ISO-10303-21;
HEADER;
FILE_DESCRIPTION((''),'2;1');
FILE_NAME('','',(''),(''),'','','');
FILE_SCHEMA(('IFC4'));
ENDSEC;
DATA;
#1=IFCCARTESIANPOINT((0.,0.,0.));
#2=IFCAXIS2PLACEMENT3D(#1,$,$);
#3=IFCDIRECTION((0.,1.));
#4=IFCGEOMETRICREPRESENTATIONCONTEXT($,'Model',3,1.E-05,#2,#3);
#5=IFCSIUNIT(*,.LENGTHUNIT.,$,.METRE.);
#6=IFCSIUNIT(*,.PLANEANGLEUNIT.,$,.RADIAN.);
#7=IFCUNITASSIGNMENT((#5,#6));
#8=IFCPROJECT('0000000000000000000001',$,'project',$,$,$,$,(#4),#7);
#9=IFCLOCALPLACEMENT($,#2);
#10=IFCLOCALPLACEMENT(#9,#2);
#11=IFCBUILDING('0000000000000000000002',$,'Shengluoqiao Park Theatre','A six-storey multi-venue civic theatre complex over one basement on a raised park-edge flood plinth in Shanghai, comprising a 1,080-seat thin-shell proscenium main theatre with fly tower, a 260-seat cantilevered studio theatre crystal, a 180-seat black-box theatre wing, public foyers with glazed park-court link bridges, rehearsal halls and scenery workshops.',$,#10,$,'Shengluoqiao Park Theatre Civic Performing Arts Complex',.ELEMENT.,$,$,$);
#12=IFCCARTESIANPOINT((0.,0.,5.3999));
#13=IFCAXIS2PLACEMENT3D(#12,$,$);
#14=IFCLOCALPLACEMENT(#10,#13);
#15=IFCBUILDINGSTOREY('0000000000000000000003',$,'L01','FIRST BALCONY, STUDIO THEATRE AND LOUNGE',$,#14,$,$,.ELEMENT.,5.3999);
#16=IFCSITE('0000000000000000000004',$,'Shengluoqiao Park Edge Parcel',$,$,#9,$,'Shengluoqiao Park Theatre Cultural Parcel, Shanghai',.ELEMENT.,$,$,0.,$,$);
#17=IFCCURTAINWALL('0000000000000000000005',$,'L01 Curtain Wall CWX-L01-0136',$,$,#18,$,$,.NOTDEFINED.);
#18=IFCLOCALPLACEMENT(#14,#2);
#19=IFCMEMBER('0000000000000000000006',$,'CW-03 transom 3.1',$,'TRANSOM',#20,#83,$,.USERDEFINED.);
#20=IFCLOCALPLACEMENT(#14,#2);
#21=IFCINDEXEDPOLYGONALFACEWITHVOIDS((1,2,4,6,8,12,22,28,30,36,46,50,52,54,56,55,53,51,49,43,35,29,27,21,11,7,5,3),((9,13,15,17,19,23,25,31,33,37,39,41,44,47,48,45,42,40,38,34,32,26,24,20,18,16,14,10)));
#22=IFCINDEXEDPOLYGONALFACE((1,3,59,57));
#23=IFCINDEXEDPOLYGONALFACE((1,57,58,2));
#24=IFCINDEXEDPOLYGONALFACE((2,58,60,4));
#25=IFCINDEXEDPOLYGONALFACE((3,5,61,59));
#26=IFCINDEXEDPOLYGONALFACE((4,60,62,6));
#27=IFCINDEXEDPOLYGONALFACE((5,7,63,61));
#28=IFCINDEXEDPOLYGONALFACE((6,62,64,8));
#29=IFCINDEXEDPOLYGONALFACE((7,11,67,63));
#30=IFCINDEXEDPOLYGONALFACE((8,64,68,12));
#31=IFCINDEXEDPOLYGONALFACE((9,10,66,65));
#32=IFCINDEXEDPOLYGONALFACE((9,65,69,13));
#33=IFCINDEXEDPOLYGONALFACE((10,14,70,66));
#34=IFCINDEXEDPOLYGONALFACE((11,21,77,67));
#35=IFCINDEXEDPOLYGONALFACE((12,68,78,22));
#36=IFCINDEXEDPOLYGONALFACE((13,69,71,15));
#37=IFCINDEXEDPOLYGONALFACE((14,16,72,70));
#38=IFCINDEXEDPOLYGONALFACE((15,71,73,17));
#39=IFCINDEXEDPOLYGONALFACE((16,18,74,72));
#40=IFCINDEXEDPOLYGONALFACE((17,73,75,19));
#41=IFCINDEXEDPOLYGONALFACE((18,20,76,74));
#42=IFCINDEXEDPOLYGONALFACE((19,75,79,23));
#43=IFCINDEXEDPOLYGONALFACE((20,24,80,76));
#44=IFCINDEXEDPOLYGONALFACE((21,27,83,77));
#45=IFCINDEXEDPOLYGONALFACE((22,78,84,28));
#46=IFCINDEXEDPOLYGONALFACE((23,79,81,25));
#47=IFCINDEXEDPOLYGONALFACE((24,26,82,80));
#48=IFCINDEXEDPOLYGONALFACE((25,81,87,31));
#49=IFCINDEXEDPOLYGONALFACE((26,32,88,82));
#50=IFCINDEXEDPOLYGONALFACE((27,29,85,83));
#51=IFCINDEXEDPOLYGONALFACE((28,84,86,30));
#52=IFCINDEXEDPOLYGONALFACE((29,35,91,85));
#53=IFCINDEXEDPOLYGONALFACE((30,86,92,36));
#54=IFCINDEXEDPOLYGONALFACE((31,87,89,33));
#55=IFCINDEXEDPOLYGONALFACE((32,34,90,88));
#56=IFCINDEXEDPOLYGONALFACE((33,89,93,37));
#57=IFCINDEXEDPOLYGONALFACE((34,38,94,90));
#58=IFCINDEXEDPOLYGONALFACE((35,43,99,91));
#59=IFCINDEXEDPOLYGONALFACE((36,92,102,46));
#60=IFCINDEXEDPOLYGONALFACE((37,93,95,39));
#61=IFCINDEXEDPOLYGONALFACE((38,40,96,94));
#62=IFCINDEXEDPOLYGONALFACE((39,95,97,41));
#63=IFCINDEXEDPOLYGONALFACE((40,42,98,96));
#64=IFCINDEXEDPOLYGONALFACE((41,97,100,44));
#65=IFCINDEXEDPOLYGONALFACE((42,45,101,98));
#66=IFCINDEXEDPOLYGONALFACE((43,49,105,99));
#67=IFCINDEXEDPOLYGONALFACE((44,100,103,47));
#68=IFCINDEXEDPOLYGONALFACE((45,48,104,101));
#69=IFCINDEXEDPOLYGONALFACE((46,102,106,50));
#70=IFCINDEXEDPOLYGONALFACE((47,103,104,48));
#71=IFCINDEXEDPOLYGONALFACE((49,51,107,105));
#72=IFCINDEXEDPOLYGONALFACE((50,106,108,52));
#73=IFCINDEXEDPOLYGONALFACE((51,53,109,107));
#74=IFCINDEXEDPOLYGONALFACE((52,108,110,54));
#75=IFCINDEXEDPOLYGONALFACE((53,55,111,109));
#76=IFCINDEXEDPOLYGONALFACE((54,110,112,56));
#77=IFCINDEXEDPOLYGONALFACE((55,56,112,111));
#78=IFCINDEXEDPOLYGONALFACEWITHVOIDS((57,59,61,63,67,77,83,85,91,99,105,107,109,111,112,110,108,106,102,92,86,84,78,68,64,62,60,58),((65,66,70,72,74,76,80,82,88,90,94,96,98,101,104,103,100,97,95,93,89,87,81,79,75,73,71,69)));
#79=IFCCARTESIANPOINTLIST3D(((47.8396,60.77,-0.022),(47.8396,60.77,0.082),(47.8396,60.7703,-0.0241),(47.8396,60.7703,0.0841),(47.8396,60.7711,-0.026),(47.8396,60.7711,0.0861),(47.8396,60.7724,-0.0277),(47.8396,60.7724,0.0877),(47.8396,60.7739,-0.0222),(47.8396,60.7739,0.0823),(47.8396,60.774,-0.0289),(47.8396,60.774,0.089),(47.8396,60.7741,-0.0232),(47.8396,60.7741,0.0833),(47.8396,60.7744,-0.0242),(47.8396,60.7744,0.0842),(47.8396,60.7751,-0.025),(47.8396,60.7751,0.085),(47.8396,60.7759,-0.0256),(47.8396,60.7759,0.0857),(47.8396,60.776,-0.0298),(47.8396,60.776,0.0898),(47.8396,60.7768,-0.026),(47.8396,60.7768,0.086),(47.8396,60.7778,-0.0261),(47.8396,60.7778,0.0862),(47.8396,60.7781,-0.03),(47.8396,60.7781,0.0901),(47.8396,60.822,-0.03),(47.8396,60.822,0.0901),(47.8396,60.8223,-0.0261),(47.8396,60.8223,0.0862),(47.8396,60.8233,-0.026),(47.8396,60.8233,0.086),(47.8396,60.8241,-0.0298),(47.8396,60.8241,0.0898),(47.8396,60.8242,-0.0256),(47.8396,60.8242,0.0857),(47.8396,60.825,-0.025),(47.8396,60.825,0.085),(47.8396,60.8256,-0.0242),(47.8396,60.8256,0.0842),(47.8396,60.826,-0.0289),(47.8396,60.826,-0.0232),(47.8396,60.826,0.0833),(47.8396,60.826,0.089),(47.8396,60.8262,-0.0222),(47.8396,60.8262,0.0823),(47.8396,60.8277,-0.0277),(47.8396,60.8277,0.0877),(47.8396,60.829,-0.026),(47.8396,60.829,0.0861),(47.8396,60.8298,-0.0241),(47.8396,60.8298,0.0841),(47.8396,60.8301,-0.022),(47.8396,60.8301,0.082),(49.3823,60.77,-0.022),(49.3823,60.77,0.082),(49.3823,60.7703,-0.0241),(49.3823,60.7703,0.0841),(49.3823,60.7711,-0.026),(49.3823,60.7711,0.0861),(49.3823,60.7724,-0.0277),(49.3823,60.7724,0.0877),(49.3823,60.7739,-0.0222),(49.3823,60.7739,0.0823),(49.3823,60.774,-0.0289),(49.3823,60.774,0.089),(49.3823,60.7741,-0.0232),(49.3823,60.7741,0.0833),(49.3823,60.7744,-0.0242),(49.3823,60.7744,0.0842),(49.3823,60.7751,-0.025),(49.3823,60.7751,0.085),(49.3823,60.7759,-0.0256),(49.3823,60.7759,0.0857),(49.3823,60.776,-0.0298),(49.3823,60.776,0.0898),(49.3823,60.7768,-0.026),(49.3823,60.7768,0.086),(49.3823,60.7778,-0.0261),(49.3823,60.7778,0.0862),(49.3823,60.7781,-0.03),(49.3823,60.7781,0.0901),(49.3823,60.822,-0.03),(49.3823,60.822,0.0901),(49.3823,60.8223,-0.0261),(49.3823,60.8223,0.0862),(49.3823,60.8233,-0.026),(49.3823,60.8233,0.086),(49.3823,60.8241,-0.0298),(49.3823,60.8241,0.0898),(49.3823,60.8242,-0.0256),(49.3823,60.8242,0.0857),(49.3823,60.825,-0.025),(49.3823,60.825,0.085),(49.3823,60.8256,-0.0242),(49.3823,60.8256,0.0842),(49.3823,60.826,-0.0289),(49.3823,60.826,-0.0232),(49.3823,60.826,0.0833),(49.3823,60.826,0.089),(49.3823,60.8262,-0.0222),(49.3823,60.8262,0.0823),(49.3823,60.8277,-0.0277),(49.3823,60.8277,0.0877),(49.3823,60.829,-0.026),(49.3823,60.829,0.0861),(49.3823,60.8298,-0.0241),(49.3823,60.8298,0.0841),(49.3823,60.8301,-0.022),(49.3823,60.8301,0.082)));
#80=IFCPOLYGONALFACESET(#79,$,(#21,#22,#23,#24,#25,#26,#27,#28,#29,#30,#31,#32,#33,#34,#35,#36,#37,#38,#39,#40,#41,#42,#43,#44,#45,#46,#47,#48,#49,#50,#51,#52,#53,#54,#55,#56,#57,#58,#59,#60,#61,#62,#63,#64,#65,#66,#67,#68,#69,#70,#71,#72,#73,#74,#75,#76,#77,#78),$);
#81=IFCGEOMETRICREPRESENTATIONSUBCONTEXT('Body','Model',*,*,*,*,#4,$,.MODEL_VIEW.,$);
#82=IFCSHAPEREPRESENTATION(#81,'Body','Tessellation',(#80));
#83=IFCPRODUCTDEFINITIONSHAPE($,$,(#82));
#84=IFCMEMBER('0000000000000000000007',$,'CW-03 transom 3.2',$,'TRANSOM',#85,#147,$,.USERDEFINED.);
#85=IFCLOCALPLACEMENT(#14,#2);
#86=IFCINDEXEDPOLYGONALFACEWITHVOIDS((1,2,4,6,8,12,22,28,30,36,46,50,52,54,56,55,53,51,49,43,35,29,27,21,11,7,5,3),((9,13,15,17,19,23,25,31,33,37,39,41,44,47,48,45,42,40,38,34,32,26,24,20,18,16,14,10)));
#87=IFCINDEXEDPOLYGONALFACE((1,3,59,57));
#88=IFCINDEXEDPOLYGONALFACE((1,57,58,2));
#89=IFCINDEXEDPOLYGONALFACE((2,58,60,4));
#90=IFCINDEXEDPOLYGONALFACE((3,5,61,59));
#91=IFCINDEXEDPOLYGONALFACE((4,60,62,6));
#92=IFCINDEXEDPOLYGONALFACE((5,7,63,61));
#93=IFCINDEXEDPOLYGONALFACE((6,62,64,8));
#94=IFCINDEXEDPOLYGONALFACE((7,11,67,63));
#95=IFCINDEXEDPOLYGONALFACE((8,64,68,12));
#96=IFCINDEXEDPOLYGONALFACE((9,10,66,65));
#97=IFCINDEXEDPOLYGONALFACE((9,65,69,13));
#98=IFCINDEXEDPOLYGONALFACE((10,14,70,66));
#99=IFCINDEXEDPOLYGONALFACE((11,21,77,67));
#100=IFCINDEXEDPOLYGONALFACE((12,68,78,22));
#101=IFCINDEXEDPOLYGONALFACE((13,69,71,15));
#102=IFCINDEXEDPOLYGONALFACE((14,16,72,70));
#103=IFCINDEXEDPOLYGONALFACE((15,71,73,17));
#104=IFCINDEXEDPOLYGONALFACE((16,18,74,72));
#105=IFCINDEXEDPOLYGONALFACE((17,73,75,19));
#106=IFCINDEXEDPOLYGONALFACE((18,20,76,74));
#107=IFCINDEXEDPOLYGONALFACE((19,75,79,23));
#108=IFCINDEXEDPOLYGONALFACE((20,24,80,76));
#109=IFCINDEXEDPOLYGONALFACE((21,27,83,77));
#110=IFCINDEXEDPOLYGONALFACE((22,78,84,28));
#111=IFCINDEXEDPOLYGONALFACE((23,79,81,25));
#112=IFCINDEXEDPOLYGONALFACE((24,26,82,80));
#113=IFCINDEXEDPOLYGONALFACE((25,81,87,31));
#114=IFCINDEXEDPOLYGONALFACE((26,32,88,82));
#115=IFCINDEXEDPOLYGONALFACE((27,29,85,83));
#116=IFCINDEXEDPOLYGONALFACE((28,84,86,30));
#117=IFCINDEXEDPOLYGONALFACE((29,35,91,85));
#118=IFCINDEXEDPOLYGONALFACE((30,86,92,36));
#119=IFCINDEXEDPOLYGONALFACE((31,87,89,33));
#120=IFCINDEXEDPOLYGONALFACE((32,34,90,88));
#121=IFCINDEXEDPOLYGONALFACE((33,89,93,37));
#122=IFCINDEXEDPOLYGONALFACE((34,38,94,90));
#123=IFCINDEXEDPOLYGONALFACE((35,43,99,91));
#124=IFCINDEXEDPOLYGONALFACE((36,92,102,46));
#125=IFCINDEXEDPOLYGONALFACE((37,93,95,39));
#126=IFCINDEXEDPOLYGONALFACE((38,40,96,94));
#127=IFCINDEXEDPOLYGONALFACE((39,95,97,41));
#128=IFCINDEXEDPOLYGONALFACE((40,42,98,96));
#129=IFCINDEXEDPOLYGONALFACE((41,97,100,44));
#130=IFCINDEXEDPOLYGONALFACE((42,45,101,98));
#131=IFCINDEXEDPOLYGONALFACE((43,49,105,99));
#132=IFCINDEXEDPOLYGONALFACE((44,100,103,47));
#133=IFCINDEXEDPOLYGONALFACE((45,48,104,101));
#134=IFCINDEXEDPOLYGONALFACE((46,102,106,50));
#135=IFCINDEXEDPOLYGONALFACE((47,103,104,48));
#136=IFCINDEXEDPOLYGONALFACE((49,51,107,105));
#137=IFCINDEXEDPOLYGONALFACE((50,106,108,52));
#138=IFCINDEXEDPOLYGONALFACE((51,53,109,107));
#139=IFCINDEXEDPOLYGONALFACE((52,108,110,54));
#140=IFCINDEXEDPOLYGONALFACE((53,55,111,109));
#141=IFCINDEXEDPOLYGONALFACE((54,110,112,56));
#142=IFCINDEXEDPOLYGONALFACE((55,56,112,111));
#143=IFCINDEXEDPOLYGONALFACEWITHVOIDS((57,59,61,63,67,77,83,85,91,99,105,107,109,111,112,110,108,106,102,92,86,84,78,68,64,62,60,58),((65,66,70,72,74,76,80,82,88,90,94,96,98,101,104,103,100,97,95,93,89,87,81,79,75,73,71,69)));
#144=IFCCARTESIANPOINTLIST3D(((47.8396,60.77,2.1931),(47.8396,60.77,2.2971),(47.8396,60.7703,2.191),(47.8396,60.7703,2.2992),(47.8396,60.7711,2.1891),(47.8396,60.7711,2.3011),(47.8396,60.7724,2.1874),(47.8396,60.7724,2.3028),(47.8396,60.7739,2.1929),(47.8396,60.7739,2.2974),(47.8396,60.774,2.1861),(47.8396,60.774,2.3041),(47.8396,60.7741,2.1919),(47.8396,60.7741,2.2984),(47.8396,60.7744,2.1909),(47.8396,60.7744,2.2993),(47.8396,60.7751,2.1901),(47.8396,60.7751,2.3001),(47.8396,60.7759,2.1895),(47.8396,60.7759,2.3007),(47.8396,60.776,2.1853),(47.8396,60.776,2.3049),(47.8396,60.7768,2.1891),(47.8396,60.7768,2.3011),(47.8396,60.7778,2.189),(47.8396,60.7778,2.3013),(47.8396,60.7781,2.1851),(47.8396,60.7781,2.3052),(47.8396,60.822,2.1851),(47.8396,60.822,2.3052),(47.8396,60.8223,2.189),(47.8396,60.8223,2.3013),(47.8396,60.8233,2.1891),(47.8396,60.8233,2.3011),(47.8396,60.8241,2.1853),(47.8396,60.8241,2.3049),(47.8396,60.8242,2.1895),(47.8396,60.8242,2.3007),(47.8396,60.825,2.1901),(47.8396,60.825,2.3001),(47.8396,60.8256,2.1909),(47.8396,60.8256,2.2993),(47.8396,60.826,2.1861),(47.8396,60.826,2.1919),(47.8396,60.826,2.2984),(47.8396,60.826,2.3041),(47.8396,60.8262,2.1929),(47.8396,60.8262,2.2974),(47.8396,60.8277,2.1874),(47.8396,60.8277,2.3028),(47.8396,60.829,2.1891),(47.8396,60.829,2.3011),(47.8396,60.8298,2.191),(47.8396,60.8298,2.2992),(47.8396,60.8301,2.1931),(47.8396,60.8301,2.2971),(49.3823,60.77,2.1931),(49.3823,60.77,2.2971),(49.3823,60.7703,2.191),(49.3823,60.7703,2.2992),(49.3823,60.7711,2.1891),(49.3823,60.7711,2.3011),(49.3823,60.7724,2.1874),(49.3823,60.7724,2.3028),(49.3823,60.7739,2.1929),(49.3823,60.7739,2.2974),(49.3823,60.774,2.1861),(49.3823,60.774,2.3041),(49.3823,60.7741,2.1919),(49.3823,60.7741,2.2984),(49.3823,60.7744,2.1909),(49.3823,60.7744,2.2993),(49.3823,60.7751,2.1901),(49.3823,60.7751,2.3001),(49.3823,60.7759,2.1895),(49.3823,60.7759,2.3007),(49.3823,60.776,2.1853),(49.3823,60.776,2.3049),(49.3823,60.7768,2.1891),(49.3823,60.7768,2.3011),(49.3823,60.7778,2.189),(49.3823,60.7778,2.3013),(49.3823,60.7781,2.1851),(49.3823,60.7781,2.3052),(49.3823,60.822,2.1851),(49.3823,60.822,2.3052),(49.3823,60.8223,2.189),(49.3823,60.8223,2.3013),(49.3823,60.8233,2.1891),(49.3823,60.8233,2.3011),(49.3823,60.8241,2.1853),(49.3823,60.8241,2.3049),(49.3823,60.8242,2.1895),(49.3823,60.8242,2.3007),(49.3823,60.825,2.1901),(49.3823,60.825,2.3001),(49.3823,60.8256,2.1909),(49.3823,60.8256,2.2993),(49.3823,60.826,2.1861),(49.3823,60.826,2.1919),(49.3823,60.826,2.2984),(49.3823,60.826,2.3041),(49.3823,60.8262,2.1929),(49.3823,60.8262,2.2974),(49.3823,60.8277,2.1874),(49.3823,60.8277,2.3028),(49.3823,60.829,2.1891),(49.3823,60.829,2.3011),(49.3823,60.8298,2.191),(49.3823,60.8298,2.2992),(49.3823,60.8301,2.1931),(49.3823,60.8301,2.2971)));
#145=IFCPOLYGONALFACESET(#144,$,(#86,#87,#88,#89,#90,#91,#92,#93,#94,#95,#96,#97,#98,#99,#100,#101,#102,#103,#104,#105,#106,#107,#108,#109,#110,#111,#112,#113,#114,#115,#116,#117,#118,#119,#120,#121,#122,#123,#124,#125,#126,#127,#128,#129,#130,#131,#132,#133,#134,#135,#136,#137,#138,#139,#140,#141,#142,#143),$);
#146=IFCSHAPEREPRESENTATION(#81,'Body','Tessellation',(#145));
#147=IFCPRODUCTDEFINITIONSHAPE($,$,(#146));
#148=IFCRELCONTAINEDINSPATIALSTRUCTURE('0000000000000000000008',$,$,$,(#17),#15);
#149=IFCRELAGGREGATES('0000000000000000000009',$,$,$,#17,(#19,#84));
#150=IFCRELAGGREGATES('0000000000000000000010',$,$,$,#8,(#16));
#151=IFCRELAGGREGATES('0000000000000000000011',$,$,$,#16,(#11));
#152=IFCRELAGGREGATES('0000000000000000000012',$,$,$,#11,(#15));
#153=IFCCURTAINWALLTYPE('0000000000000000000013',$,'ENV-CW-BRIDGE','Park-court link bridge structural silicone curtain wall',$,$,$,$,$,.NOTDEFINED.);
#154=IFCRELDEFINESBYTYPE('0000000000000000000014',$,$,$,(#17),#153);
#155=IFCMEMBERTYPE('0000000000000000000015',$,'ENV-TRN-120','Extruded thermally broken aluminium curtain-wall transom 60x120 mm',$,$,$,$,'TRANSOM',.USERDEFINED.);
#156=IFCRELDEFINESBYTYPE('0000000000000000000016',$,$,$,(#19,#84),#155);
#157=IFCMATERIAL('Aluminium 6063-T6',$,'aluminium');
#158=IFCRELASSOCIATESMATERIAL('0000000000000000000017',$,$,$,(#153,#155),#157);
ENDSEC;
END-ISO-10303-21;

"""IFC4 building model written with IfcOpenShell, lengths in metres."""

from ifc_helpers import new_model, si_unit, direction, frame, origin, origin_2d, place, context, subcontext, project, spatial, hollow_rectangle, extrude, material, material_profile, profile_set, type_object, element, aggregate, save


model = new_model("IFC4")

# Units and contexts
model_context = context("Model", 3, precision=1e-05, world=origin(), true_north=direction((0.0, 1.0)))
body_context = subcontext(model_context, "Body", "Model", "MODEL_VIEW")
ifc_project = project(units=[si_unit("LENGTHUNIT", "METRE"), si_unit("PLANEANGLEUNIT", "RADIAN")], contexts=[model_context])

# Site, building, storey
site_placement = place(None, origin())
site = spatial("IfcSite", under=ifc_project, at=site_placement, Name="Shengluoqiao Park Edge Parcel", LongName="Shengluoqiao Park Theatre Cultural Parcel, Shanghai", CompositionType="ELEMENT", RefElevation=0.0)
building_placement = place(site_placement, origin())
building = spatial("IfcBuilding", under=site, at=building_placement, Name="Shengluoqiao Park Theatre", Description="A six-storey multi-venue civic theatre complex over one basement on a raised park-edge flood plinth in Shanghai, comprising a 1,080-seat thin-shell proscenium main theatre with fly tower, a 260-seat cantilevered studio theatre crystal, a 180-seat black-box theatre wing, public foyers with glazed park-court link bridges, rehearsal halls and scenery workshops.", LongName="Shengluoqiao Park Theatre Civic Performing Arts Complex", CompositionType="ELEMENT")
storey_placement = place(building_placement, frame((0.0, 0.0, 5.3999)))
storey = spatial("IfcBuildingStorey", under=building, at=storey_placement, Name="L01", Description="FIRST BALCONY, STUDIO THEATRE AND LOUNGE", CompositionType="ELEMENT", Elevation=5.3999)

# Curtain wall
ifc_material_1 = material(Name="Aluminium 6063-T6", Category="aluminium")
curtain_wall_type = type_object("IfcCurtainWallType", Name="ENV-CW-BRIDGE", Description="Park-court link bridge structural silicone curtain wall", PredefinedType="NOTDEFINED", material=ifc_material_1)
curtain_wall_1_placement = place(storey_placement, origin())
curtain_wall_1 = element("IfcCurtainWall", 1, at=curtain_wall_1_placement, inside=storey, type_object=curtain_wall_type, Name="L01 Curtain Wall CWX-L01-0136", PredefinedType="NOTDEFINED")

# Members
ifc_material_profile_1 = material_profile(ifc_material_1, hollow_rectangle(XDim=0.0601, YDim=0.1201, WallThickness=0.0039, InnerFilletRadius=0.0039, OuterFilletRadius=0.0081, at=origin_2d()), Name="ALU TRANSOM 120x60x4")
ifc_profile_set_1 = profile_set([ifc_material_profile_1], Name="Aluminium 6063-T6")
member_type_1 = type_object("IfcMemberType", Name="ENV-TRN-120", Description="Extruded thermally broken aluminium curtain-wall transom 60x120 mm", ElementType="TRANSOM", PredefinedType="USERDEFINED", material=ifc_profile_set_1)
member_1_placement = place(storey_placement, frame((47.8396, 60.8, 0.03), z_axis=(1.0, 0.0, 0.0), x_axis=(0.0, 1.0, 0.0)))
member_1 = element("IfcMember", 2, at=member_1_placement, type_object=member_type_1, Name="CW-03 transom 3.1", ObjectType="TRANSOM", PredefinedType="USERDEFINED", context=body_context, shape_type="SweptSolid", body=[
    extrude(hollow_rectangle(XDim=0.0601, YDim=0.1201, WallThickness=0.0039, InnerFilletRadius=0.0039, OuterFilletRadius=0.0081, at=origin_2d()), origin(), (0.0, 0.0, 1.0), 1.5427),
])
member_2_placement = place(storey_placement, frame((47.8396, 60.8, 2.2451), z_axis=(1.0, 0.0, 0.0), x_axis=(0.0, 1.0, 0.0)))
member_2 = element("IfcMember", 3, at=member_2_placement, type_object=member_type_1, Name="CW-03 transom 3.2", ObjectType="TRANSOM", PredefinedType="USERDEFINED", context=body_context, shape_type="SweptSolid", body=[
    extrude(hollow_rectangle(XDim=0.0601, YDim=0.1201, WallThickness=0.0039, InnerFilletRadius=0.0039, OuterFilletRadius=0.0081, at=origin_2d()), origin(), (0.0, 0.0, 1.0), 1.5427),
])

aggregate(curtain_wall_1, [member_1, member_2])

save(model, "model.ifc")
